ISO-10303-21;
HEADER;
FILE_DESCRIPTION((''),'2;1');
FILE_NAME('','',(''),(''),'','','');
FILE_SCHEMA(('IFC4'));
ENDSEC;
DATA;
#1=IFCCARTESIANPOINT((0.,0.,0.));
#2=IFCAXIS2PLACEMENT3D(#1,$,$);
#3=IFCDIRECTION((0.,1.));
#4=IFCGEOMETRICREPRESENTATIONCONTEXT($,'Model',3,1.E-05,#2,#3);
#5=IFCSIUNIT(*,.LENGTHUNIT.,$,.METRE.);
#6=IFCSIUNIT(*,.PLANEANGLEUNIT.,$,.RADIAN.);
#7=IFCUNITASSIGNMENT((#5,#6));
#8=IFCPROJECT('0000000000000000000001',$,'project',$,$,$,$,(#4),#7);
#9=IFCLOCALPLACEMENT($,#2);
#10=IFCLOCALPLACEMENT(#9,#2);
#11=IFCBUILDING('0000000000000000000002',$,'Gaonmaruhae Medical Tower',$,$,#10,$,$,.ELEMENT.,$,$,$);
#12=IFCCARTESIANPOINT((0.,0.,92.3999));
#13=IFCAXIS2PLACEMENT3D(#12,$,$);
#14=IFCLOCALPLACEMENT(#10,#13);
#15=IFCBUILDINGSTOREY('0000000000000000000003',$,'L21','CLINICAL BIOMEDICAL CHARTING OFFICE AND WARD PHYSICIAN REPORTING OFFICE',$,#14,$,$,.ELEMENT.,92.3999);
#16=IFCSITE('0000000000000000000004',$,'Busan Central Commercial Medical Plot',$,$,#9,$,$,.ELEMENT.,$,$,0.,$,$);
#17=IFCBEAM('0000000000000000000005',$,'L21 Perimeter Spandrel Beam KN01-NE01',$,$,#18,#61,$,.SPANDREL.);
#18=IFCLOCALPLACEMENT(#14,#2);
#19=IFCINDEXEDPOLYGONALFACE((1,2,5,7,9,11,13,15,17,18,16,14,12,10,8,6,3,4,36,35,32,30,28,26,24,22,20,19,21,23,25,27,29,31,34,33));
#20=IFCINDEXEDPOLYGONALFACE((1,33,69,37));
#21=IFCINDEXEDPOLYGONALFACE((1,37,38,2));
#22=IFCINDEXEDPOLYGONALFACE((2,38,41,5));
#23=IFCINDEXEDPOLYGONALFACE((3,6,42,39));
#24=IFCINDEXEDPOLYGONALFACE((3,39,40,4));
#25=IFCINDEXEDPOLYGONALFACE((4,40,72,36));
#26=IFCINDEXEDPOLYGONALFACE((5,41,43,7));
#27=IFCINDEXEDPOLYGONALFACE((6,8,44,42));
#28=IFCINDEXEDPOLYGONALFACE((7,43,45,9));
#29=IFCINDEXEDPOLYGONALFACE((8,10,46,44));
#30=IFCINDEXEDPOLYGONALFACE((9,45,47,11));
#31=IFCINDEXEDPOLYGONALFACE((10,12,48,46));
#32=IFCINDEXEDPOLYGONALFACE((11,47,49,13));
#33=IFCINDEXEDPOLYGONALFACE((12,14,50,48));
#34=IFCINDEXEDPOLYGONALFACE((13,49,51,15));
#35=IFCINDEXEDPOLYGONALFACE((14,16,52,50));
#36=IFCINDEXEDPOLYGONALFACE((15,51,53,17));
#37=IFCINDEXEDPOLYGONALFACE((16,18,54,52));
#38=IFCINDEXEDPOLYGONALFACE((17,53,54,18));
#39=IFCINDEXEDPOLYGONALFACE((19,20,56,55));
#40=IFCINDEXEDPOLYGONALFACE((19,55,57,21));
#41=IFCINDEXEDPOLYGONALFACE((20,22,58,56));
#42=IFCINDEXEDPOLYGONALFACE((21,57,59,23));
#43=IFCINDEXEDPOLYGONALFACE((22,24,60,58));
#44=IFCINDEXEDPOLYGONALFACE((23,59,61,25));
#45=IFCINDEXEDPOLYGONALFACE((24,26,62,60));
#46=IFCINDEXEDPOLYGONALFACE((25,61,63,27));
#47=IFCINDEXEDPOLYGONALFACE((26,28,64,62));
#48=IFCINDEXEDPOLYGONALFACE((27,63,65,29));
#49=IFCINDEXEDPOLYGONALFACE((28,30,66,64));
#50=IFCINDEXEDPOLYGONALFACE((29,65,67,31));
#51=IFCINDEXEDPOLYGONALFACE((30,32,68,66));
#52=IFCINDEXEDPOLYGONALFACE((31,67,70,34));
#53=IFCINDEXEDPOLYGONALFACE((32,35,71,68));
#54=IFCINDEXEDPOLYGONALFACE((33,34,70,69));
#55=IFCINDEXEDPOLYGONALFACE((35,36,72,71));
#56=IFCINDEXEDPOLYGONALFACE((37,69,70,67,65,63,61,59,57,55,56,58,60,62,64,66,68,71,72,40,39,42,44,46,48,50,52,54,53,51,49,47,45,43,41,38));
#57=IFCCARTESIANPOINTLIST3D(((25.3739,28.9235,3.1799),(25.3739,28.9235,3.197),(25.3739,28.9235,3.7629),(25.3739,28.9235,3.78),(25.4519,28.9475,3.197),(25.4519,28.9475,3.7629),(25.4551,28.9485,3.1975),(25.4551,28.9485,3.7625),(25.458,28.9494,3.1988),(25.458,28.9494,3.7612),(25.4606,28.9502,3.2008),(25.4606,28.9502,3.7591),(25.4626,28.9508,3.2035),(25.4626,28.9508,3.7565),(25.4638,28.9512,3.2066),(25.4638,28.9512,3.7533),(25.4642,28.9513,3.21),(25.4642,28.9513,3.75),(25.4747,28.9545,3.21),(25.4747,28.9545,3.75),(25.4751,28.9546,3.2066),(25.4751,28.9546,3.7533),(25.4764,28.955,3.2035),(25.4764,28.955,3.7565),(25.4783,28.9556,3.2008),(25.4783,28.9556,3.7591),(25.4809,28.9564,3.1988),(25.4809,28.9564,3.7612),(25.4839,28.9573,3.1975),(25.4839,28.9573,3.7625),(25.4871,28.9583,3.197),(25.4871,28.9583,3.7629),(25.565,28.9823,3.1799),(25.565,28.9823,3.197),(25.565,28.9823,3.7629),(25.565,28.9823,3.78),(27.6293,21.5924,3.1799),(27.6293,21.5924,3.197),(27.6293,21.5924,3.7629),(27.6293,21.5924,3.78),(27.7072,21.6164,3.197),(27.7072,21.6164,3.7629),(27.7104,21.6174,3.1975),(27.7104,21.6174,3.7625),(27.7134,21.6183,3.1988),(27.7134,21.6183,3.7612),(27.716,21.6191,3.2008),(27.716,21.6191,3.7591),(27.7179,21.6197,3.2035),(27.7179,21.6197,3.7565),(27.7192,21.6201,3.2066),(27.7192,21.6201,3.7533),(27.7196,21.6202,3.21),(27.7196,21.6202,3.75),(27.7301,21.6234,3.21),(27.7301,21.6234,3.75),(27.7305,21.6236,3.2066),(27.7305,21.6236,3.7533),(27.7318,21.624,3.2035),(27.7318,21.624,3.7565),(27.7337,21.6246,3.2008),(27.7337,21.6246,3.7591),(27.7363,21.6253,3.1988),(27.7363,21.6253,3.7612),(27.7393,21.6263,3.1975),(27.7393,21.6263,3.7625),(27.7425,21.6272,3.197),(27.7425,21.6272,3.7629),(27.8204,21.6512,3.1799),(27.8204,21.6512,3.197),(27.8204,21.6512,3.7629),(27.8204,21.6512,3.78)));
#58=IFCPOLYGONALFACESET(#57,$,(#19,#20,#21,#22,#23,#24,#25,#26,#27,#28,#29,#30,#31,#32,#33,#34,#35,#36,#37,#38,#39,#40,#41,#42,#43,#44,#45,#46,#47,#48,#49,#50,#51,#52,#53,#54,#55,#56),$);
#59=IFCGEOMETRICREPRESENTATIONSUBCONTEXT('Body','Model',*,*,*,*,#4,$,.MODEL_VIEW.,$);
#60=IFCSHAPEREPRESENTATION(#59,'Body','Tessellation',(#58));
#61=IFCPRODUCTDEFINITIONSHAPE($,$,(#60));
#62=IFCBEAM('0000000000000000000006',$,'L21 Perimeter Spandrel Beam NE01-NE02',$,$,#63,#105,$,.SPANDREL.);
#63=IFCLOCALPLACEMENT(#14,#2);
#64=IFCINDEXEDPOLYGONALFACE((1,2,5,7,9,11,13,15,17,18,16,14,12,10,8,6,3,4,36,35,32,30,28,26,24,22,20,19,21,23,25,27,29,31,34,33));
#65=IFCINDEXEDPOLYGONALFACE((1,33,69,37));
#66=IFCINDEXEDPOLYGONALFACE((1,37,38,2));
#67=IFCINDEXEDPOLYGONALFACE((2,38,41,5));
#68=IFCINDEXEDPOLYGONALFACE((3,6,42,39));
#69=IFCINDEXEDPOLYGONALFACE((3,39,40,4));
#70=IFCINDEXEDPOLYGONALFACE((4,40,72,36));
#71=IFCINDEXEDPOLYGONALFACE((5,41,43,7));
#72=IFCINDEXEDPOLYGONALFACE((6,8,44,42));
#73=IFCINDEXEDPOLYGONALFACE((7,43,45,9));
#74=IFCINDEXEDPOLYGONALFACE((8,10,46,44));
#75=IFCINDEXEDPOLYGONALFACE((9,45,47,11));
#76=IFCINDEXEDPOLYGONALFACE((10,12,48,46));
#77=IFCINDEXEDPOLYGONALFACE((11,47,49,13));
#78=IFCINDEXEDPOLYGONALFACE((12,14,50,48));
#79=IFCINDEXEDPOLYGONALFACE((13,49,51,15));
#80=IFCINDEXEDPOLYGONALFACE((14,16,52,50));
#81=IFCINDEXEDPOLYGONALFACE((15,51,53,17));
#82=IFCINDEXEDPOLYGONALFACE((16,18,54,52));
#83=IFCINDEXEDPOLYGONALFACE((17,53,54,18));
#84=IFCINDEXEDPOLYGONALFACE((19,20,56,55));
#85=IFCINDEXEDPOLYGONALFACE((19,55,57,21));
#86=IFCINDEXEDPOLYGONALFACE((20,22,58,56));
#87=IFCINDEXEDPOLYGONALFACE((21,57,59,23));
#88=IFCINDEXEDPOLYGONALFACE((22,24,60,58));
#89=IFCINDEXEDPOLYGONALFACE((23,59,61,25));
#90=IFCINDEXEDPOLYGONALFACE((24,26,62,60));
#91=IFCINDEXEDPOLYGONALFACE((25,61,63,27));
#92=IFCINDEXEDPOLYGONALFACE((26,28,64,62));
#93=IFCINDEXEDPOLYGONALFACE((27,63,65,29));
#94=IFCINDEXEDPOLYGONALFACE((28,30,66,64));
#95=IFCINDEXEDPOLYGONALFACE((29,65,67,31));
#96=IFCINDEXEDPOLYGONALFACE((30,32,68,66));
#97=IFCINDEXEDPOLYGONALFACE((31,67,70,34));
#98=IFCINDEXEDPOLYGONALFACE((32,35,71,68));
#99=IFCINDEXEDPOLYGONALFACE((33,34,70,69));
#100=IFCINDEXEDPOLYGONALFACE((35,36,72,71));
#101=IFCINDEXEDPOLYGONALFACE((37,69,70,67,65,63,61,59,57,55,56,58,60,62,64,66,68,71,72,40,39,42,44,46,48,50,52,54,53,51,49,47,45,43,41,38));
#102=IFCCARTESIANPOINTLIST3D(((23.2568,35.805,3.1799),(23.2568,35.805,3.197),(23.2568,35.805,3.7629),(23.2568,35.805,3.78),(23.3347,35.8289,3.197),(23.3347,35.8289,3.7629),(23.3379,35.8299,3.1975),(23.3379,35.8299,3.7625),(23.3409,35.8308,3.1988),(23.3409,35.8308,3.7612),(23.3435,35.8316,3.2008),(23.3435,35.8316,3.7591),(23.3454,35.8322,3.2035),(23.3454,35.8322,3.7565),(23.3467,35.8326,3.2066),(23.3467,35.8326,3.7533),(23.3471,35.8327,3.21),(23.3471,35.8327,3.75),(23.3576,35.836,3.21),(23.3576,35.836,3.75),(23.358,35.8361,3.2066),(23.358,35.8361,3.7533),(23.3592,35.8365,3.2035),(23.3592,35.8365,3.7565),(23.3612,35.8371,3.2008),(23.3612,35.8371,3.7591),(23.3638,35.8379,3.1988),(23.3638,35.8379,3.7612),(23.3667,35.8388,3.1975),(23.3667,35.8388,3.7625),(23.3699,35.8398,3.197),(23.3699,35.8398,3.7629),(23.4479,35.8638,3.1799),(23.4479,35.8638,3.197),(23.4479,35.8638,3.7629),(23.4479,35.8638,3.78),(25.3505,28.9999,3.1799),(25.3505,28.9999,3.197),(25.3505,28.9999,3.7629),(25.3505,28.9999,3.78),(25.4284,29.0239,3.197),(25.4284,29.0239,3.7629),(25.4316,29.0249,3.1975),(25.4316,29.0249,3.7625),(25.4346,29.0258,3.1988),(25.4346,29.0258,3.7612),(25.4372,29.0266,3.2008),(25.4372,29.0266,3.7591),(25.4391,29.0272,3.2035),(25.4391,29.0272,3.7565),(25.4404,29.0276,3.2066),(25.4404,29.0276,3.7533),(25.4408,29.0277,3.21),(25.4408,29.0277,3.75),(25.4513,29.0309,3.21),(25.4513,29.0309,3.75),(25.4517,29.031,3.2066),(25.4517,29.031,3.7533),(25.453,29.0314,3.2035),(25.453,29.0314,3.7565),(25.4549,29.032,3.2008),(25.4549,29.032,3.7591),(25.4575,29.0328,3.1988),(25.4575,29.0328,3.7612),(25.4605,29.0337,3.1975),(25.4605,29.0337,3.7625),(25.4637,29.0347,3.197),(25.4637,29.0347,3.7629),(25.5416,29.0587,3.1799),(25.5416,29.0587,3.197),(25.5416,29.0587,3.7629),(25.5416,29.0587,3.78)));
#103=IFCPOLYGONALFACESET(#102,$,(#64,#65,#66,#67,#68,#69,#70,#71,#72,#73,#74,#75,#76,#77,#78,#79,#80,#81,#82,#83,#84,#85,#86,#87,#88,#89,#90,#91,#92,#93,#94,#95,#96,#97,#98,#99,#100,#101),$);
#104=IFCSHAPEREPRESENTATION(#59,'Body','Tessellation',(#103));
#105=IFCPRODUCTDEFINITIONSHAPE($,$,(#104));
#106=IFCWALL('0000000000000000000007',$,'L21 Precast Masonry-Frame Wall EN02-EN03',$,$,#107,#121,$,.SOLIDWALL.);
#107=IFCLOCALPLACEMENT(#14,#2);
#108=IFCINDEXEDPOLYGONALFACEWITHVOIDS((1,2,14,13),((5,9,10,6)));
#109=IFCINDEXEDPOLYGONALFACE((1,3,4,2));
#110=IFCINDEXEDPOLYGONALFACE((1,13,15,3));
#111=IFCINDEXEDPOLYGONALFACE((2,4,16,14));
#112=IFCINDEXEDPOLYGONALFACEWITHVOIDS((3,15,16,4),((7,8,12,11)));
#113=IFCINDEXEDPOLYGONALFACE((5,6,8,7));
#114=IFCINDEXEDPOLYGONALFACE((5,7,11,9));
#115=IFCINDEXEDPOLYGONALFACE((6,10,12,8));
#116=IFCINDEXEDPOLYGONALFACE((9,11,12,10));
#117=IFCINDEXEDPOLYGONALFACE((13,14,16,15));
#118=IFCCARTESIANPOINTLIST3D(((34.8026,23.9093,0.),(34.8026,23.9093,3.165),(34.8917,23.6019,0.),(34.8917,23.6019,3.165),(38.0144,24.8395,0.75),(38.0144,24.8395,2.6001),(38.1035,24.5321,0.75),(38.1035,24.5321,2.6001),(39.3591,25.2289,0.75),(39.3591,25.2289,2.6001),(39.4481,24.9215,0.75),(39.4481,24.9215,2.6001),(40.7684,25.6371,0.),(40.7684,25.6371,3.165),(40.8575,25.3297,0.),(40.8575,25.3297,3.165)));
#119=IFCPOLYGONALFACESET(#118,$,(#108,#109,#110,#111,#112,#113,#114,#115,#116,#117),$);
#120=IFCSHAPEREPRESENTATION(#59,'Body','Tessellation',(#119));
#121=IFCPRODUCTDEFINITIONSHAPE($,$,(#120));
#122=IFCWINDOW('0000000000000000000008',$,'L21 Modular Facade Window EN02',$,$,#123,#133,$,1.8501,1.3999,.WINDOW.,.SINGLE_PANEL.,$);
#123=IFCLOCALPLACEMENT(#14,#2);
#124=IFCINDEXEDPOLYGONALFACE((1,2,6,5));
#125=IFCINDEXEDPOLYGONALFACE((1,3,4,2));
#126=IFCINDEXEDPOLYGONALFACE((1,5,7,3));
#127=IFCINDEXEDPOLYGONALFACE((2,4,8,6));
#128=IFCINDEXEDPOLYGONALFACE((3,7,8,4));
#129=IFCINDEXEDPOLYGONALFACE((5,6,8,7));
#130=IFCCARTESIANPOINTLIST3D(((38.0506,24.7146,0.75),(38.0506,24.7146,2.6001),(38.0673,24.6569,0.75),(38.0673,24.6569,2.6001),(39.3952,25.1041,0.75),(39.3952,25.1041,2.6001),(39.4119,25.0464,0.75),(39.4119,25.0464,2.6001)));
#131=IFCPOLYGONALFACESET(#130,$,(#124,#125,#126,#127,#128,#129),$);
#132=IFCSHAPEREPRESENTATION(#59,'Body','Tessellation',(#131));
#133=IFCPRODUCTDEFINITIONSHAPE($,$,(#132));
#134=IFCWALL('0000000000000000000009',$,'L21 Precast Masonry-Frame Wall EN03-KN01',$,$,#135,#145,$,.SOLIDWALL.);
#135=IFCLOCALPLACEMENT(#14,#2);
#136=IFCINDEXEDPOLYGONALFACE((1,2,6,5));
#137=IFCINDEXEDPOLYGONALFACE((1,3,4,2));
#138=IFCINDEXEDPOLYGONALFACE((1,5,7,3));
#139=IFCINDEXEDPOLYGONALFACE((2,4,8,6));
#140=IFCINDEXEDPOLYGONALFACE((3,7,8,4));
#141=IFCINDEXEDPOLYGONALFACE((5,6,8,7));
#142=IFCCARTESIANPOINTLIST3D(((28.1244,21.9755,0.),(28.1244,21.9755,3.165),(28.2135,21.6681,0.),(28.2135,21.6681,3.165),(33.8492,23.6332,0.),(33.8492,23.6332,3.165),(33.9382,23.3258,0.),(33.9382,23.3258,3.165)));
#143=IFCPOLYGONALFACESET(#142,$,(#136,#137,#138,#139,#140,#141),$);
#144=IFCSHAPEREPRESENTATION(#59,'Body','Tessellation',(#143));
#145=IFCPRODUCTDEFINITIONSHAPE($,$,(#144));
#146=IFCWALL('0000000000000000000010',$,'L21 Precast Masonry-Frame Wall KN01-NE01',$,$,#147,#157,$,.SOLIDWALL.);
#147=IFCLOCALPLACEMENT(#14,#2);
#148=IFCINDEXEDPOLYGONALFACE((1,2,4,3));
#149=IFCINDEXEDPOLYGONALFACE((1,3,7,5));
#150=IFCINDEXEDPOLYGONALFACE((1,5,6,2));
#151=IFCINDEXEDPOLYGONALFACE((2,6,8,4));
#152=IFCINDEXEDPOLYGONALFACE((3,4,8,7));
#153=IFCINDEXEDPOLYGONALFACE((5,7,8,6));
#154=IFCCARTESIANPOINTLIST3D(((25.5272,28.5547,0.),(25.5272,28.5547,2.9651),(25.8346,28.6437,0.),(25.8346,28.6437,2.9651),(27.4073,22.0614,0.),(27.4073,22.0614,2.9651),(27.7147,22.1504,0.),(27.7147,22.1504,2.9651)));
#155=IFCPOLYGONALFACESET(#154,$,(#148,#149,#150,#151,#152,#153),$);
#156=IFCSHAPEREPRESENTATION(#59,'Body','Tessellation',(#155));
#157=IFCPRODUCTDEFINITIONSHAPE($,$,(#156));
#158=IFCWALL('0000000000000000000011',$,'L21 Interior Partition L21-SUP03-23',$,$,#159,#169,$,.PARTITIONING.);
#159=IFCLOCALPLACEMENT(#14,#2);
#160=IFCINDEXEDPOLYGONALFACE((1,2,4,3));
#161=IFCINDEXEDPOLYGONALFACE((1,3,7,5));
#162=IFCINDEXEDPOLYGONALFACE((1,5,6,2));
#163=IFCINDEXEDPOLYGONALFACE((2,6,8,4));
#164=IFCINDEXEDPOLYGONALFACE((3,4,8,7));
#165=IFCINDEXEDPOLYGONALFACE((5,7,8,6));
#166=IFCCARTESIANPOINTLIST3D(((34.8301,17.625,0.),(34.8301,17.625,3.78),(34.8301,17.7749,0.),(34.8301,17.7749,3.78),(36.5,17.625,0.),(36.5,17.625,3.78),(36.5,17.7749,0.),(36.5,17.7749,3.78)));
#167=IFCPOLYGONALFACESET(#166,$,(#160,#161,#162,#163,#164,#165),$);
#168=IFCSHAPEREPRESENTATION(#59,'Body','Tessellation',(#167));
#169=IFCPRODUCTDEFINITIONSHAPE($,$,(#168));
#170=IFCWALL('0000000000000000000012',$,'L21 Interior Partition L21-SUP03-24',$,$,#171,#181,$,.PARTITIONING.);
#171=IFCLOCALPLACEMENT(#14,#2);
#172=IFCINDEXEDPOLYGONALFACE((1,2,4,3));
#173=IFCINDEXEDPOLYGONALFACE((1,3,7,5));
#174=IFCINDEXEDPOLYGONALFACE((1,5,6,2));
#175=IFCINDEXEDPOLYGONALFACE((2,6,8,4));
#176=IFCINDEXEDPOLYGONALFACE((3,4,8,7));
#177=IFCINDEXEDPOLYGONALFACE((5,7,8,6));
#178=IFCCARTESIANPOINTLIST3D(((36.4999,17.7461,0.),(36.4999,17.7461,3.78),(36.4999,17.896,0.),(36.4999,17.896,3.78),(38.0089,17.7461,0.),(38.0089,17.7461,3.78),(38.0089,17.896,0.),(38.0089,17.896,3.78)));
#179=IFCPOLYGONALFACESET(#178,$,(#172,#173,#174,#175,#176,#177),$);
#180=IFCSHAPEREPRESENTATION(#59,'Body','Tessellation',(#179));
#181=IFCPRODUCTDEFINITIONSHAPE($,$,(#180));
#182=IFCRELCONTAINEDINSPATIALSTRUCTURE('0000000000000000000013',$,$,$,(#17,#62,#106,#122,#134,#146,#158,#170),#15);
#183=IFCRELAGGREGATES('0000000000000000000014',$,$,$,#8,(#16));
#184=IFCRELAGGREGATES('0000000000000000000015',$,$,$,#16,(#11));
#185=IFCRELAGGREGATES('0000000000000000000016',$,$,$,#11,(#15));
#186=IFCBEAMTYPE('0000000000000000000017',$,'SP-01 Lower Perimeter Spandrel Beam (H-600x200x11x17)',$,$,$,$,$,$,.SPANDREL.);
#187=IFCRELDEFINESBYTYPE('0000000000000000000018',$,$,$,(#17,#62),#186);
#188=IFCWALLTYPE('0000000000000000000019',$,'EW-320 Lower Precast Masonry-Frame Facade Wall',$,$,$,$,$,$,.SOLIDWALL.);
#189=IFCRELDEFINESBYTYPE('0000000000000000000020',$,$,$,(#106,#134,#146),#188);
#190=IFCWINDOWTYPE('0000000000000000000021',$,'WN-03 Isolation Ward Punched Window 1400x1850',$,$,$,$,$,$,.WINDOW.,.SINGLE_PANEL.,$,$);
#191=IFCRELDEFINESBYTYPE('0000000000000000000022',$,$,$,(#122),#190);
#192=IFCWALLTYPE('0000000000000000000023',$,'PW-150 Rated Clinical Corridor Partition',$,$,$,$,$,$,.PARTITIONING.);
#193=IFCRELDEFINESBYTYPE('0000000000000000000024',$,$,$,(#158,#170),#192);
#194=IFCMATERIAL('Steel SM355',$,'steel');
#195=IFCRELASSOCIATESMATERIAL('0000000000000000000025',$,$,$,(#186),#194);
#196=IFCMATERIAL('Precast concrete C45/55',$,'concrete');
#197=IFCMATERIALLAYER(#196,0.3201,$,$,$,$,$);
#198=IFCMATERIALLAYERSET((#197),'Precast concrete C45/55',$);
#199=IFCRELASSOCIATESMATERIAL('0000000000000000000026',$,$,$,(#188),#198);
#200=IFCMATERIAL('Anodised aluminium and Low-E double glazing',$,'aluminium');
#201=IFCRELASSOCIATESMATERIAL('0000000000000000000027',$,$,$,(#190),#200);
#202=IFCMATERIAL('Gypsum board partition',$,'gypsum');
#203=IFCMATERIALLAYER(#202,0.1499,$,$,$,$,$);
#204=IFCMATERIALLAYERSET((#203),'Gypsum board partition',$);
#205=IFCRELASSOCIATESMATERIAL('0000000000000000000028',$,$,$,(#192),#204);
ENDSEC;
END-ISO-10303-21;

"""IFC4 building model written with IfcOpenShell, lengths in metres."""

from ifc_helpers import new_model, si_unit, direction, frame, frame_2d, origin, origin_2d, place, context, subcontext, project, spatial, rectangle, i_section, extrude, material, layer, layer_set, material_profile, profile_set, type_object, element, fill, save


model = new_model("IFC4")

# Units and contexts
model_context = context("Model", 3, precision=1e-05, world=origin(), true_north=direction((0.0, 1.0)))
body_context = subcontext(model_context, "Body", "Model", "MODEL_VIEW")
ifc_project = project(units=[si_unit("LENGTHUNIT", "METRE"), si_unit("PLANEANGLEUNIT", "RADIAN")], contexts=[model_context])

# Site, building, storey
site_placement = place(None, origin())
site = spatial("IfcSite", under=ifc_project, at=site_placement, Name="Busan Central Commercial Medical Plot", CompositionType="ELEMENT", RefElevation=0.0)
building_placement = place(site_placement, origin())
building = spatial("IfcBuilding", under=site, at=building_placement, Name="Gaonmaruhae Medical Tower", CompositionType="ELEMENT")
storey_placement = place(building_placement, frame((0.0, 0.0, 92.3999)))
storey = spatial("IfcBuildingStorey", under=building, at=storey_placement, Name="L21", Description="CLINICAL BIOMEDICAL CHARTING OFFICE AND WARD PHYSICIAN REPORTING OFFICE", CompositionType="ELEMENT", Elevation=92.3999)

# Beams
ifc_material_1 = material(Name="Steel SM355", Category="steel")
ifc_material_profile_1 = material_profile(ifc_material_1, i_section(OverallWidth=0.2, OverallDepth=0.6001, WebThickness=0.011, FlangeThickness=0.0171, FilletRadius=0.0129, at=origin_2d()), Name="H-600x200x11x17")
ifc_profile_set_1 = profile_set([ifc_material_profile_1], Name="Steel SM355")
beam_type_1 = type_object("IfcBeamType", Name="SP-01 Lower Perimeter Spandrel Beam (H-600x200x11x17)", PredefinedType="SPANDREL", material=ifc_profile_set_1)
beam_1_placement = place(storey_placement, frame((27.7249, 21.6218, 3.48), z_axis=(-0.294046, 0.955791, 0.0), x_axis=(-0.955791, -0.294046, 0.0)))
element("IfcBeam", 1, at=beam_1_placement, inside=storey, type_object=beam_type_1, Name="L21 Perimeter Spandrel Beam KN01-NE01", PredefinedType="SPANDREL", context=body_context, shape_type="SweptSolid", body=[
    extrude(i_section(OverallWidth=0.2, OverallDepth=0.6001, WebThickness=0.011, FlangeThickness=0.0171, FilletRadius=0.0129, at=origin_2d()), origin(), (0.0, 0.0, 1.0), 7.6702),
])
beam_2_placement = place(storey_placement, frame((25.446, 29.0293, 3.48), z_axis=(-0.294067, 0.955785, 0.0), x_axis=(-0.955785, -0.294067, 0.0)))
element("IfcBeam", 2, at=beam_2_placement, inside=storey, type_object=beam_type_1, Name="L21 Perimeter Spandrel Beam NE01-NE02", PredefinedType="SPANDREL", context=body_context, shape_type="SweptSolid", body=[
    extrude(i_section(OverallWidth=0.2, OverallDepth=0.6001, WebThickness=0.011, FlangeThickness=0.0171, FilletRadius=0.0129, at=origin_2d()), origin(), (0.0, 0.0, 1.0), 7.1199),
])

# Wall, opening, window
ifc_material_2 = material(Name="Precast concrete C45/55", Category="concrete")
ifc_layer_1 = layer(ifc_material_2, 0.3201)
ifc_layer_set_1 = layer_set([ifc_layer_1], Name="Precast concrete C45/55")
wall_type_1 = type_object("IfcWallType", Name="EW-320 Lower Precast Masonry-Frame Facade Wall", PredefinedType="SOLIDWALL", material=ifc_layer_set_1)
wall_1_placement = place(storey_placement, frame((34.8472, 23.7556, 0.0), z_axis=(0.0, 0.0, 1.0), x_axis=(0.960528, 0.278182, 0.0)))
wall_1 = element("IfcWall", 3, at=wall_1_placement, inside=storey, type_object=wall_type_1, Name="L21 Precast Masonry-Frame Wall EN02-EN03", PredefinedType="SOLIDWALL", context=body_context, shape_type="SweptSolid", body=[
    extrude(rectangle(XDim=6.2109, YDim=0.3201, at=frame_2d((3.1055, 0.0))), origin(), (0.0, 0.0, 1.0), 3.165),
])
opening_1_placement = place(wall_1_placement, frame((3.3438, 0.0, 0.75)))
opening_1 = element("IfcOpeningElement", 4, at=opening_1_placement, cuts=wall_1, PredefinedType="OPENING", context=body_context, shape_type="SweptSolid", body=[
    extrude(rectangle(XDim=1.3999, YDim=1.8501, at=frame_2d((0.7, 0.925))), frame((0.0, 0.1699, 0.0), z_axis=(0.0, -1.0, 0.0), x_axis=(1.0, 0.0, 0.0)), (0.0, 0.0, 1.0), 0.3401),
])
ifc_material_3 = material(Name="Anodised aluminium and Low-E double glazing", Category="aluminium")
window_type = type_object("IfcWindowType", Name="WN-03 Isolation Ward Punched Window 1400x1850", PartitioningType="SINGLE_PANEL", PredefinedType="WINDOW", material=ifc_material_3)
window_placement = place(opening_1_placement, origin())
window = element("IfcWindow", 5, at=window_placement, inside=storey, type_object=window_type, Name="L21 Modular Facade Window EN02", OverallHeight=1.8501, OverallWidth=1.3999, PartitioningType="SINGLE_PANEL", PredefinedType="WINDOW", context=body_context, shape_type="SweptSolid", body=[
    extrude(rectangle(XDim=1.3999, YDim=1.8501, at=frame_2d((0.7, 0.925))), frame((0.0, 0.03, 0.0), z_axis=(0.0, -1.0, 0.0), x_axis=(1.0, 0.0, 0.0)), (0.0, 0.0, 1.0), 0.0601),
])
fill(opening_1, window)

# Walls
wall_2_placement = place(storey_placement, frame((28.1689, 21.8218, 0.0), z_axis=(0.0, 0.0, 1.0), x_axis=(0.960541, 0.278139, 0.0)))
element("IfcWall", 6, at=wall_2_placement, inside=storey, type_object=wall_type_1, Name="L21 Precast Masonry-Frame Wall EN03-KN01", PredefinedType="SOLIDWALL", context=body_context, shape_type="SweptSolid", body=[
    extrude(rectangle(XDim=5.96, YDim=0.3201, at=frame_2d((2.98, 0.0))), origin(), (0.0, 0.0, 1.0), 3.165),
])
wall_3_placement = place(storey_placement, frame((25.6809, 28.5991, 0.0), z_axis=(0.0, 0.0, 1.0), x_axis=(0.27812, -0.960546, 0.0)))
element("IfcWall", 7, at=wall_3_placement, inside=storey, type_object=wall_type_1, Name="L21 Precast Masonry-Frame Wall KN01-NE01", PredefinedType="SOLIDWALL", context=body_context, shape_type="SweptSolid", body=[
    extrude(rectangle(XDim=6.76, YDim=0.3201, at=frame_2d((3.3799, 0.0))), origin(), (0.0, 0.0, 1.0), 2.9651),
])
ifc_material_4 = material(Name="Gypsum board partition", Category="gypsum")
ifc_layer_2 = layer(ifc_material_4, 0.1499)
ifc_layer_set_2 = layer_set([ifc_layer_2], Name="Gypsum board partition")
wall_type_2 = type_object("IfcWallType", Name="PW-150 Rated Clinical Corridor Partition", PredefinedType="PARTITIONING", material=ifc_layer_set_2)
wall_4_placement = place(storey_placement, frame((36.5, 17.7, 0.0), z_axis=(0.0, 0.0, 1.0), x_axis=(-1.0, 0.0, 0.0)))
element("IfcWall", 8, at=wall_4_placement, inside=storey, type_object=wall_type_2, Name="L21 Interior Partition L21-SUP03-23", PredefinedType="PARTITIONING", context=body_context, shape_type="SweptSolid", body=[
    extrude(rectangle(XDim=1.6699, YDim=0.1499, at=frame_2d((0.835, 0.0))), origin(), (0.0, 0.0, 1.0), 3.78),
])
wall_5_placement = place(storey_placement, frame((36.5, 17.821, 0.0), z_axis=(0.0, 0.0, 1.0), x_axis=(1.0, 0.0, 0.0)))
element("IfcWall", 9, at=wall_5_placement, inside=storey, type_object=wall_type_2, Name="L21 Interior Partition L21-SUP03-24", PredefinedType="PARTITIONING", context=body_context, shape_type="SweptSolid", body=[
    extrude(rectangle(XDim=1.509, YDim=0.1499, at=frame_2d((0.7544, 0.0))), origin(), (0.0, 0.0, 1.0), 3.78),
])

save(model, "model.ifc")
